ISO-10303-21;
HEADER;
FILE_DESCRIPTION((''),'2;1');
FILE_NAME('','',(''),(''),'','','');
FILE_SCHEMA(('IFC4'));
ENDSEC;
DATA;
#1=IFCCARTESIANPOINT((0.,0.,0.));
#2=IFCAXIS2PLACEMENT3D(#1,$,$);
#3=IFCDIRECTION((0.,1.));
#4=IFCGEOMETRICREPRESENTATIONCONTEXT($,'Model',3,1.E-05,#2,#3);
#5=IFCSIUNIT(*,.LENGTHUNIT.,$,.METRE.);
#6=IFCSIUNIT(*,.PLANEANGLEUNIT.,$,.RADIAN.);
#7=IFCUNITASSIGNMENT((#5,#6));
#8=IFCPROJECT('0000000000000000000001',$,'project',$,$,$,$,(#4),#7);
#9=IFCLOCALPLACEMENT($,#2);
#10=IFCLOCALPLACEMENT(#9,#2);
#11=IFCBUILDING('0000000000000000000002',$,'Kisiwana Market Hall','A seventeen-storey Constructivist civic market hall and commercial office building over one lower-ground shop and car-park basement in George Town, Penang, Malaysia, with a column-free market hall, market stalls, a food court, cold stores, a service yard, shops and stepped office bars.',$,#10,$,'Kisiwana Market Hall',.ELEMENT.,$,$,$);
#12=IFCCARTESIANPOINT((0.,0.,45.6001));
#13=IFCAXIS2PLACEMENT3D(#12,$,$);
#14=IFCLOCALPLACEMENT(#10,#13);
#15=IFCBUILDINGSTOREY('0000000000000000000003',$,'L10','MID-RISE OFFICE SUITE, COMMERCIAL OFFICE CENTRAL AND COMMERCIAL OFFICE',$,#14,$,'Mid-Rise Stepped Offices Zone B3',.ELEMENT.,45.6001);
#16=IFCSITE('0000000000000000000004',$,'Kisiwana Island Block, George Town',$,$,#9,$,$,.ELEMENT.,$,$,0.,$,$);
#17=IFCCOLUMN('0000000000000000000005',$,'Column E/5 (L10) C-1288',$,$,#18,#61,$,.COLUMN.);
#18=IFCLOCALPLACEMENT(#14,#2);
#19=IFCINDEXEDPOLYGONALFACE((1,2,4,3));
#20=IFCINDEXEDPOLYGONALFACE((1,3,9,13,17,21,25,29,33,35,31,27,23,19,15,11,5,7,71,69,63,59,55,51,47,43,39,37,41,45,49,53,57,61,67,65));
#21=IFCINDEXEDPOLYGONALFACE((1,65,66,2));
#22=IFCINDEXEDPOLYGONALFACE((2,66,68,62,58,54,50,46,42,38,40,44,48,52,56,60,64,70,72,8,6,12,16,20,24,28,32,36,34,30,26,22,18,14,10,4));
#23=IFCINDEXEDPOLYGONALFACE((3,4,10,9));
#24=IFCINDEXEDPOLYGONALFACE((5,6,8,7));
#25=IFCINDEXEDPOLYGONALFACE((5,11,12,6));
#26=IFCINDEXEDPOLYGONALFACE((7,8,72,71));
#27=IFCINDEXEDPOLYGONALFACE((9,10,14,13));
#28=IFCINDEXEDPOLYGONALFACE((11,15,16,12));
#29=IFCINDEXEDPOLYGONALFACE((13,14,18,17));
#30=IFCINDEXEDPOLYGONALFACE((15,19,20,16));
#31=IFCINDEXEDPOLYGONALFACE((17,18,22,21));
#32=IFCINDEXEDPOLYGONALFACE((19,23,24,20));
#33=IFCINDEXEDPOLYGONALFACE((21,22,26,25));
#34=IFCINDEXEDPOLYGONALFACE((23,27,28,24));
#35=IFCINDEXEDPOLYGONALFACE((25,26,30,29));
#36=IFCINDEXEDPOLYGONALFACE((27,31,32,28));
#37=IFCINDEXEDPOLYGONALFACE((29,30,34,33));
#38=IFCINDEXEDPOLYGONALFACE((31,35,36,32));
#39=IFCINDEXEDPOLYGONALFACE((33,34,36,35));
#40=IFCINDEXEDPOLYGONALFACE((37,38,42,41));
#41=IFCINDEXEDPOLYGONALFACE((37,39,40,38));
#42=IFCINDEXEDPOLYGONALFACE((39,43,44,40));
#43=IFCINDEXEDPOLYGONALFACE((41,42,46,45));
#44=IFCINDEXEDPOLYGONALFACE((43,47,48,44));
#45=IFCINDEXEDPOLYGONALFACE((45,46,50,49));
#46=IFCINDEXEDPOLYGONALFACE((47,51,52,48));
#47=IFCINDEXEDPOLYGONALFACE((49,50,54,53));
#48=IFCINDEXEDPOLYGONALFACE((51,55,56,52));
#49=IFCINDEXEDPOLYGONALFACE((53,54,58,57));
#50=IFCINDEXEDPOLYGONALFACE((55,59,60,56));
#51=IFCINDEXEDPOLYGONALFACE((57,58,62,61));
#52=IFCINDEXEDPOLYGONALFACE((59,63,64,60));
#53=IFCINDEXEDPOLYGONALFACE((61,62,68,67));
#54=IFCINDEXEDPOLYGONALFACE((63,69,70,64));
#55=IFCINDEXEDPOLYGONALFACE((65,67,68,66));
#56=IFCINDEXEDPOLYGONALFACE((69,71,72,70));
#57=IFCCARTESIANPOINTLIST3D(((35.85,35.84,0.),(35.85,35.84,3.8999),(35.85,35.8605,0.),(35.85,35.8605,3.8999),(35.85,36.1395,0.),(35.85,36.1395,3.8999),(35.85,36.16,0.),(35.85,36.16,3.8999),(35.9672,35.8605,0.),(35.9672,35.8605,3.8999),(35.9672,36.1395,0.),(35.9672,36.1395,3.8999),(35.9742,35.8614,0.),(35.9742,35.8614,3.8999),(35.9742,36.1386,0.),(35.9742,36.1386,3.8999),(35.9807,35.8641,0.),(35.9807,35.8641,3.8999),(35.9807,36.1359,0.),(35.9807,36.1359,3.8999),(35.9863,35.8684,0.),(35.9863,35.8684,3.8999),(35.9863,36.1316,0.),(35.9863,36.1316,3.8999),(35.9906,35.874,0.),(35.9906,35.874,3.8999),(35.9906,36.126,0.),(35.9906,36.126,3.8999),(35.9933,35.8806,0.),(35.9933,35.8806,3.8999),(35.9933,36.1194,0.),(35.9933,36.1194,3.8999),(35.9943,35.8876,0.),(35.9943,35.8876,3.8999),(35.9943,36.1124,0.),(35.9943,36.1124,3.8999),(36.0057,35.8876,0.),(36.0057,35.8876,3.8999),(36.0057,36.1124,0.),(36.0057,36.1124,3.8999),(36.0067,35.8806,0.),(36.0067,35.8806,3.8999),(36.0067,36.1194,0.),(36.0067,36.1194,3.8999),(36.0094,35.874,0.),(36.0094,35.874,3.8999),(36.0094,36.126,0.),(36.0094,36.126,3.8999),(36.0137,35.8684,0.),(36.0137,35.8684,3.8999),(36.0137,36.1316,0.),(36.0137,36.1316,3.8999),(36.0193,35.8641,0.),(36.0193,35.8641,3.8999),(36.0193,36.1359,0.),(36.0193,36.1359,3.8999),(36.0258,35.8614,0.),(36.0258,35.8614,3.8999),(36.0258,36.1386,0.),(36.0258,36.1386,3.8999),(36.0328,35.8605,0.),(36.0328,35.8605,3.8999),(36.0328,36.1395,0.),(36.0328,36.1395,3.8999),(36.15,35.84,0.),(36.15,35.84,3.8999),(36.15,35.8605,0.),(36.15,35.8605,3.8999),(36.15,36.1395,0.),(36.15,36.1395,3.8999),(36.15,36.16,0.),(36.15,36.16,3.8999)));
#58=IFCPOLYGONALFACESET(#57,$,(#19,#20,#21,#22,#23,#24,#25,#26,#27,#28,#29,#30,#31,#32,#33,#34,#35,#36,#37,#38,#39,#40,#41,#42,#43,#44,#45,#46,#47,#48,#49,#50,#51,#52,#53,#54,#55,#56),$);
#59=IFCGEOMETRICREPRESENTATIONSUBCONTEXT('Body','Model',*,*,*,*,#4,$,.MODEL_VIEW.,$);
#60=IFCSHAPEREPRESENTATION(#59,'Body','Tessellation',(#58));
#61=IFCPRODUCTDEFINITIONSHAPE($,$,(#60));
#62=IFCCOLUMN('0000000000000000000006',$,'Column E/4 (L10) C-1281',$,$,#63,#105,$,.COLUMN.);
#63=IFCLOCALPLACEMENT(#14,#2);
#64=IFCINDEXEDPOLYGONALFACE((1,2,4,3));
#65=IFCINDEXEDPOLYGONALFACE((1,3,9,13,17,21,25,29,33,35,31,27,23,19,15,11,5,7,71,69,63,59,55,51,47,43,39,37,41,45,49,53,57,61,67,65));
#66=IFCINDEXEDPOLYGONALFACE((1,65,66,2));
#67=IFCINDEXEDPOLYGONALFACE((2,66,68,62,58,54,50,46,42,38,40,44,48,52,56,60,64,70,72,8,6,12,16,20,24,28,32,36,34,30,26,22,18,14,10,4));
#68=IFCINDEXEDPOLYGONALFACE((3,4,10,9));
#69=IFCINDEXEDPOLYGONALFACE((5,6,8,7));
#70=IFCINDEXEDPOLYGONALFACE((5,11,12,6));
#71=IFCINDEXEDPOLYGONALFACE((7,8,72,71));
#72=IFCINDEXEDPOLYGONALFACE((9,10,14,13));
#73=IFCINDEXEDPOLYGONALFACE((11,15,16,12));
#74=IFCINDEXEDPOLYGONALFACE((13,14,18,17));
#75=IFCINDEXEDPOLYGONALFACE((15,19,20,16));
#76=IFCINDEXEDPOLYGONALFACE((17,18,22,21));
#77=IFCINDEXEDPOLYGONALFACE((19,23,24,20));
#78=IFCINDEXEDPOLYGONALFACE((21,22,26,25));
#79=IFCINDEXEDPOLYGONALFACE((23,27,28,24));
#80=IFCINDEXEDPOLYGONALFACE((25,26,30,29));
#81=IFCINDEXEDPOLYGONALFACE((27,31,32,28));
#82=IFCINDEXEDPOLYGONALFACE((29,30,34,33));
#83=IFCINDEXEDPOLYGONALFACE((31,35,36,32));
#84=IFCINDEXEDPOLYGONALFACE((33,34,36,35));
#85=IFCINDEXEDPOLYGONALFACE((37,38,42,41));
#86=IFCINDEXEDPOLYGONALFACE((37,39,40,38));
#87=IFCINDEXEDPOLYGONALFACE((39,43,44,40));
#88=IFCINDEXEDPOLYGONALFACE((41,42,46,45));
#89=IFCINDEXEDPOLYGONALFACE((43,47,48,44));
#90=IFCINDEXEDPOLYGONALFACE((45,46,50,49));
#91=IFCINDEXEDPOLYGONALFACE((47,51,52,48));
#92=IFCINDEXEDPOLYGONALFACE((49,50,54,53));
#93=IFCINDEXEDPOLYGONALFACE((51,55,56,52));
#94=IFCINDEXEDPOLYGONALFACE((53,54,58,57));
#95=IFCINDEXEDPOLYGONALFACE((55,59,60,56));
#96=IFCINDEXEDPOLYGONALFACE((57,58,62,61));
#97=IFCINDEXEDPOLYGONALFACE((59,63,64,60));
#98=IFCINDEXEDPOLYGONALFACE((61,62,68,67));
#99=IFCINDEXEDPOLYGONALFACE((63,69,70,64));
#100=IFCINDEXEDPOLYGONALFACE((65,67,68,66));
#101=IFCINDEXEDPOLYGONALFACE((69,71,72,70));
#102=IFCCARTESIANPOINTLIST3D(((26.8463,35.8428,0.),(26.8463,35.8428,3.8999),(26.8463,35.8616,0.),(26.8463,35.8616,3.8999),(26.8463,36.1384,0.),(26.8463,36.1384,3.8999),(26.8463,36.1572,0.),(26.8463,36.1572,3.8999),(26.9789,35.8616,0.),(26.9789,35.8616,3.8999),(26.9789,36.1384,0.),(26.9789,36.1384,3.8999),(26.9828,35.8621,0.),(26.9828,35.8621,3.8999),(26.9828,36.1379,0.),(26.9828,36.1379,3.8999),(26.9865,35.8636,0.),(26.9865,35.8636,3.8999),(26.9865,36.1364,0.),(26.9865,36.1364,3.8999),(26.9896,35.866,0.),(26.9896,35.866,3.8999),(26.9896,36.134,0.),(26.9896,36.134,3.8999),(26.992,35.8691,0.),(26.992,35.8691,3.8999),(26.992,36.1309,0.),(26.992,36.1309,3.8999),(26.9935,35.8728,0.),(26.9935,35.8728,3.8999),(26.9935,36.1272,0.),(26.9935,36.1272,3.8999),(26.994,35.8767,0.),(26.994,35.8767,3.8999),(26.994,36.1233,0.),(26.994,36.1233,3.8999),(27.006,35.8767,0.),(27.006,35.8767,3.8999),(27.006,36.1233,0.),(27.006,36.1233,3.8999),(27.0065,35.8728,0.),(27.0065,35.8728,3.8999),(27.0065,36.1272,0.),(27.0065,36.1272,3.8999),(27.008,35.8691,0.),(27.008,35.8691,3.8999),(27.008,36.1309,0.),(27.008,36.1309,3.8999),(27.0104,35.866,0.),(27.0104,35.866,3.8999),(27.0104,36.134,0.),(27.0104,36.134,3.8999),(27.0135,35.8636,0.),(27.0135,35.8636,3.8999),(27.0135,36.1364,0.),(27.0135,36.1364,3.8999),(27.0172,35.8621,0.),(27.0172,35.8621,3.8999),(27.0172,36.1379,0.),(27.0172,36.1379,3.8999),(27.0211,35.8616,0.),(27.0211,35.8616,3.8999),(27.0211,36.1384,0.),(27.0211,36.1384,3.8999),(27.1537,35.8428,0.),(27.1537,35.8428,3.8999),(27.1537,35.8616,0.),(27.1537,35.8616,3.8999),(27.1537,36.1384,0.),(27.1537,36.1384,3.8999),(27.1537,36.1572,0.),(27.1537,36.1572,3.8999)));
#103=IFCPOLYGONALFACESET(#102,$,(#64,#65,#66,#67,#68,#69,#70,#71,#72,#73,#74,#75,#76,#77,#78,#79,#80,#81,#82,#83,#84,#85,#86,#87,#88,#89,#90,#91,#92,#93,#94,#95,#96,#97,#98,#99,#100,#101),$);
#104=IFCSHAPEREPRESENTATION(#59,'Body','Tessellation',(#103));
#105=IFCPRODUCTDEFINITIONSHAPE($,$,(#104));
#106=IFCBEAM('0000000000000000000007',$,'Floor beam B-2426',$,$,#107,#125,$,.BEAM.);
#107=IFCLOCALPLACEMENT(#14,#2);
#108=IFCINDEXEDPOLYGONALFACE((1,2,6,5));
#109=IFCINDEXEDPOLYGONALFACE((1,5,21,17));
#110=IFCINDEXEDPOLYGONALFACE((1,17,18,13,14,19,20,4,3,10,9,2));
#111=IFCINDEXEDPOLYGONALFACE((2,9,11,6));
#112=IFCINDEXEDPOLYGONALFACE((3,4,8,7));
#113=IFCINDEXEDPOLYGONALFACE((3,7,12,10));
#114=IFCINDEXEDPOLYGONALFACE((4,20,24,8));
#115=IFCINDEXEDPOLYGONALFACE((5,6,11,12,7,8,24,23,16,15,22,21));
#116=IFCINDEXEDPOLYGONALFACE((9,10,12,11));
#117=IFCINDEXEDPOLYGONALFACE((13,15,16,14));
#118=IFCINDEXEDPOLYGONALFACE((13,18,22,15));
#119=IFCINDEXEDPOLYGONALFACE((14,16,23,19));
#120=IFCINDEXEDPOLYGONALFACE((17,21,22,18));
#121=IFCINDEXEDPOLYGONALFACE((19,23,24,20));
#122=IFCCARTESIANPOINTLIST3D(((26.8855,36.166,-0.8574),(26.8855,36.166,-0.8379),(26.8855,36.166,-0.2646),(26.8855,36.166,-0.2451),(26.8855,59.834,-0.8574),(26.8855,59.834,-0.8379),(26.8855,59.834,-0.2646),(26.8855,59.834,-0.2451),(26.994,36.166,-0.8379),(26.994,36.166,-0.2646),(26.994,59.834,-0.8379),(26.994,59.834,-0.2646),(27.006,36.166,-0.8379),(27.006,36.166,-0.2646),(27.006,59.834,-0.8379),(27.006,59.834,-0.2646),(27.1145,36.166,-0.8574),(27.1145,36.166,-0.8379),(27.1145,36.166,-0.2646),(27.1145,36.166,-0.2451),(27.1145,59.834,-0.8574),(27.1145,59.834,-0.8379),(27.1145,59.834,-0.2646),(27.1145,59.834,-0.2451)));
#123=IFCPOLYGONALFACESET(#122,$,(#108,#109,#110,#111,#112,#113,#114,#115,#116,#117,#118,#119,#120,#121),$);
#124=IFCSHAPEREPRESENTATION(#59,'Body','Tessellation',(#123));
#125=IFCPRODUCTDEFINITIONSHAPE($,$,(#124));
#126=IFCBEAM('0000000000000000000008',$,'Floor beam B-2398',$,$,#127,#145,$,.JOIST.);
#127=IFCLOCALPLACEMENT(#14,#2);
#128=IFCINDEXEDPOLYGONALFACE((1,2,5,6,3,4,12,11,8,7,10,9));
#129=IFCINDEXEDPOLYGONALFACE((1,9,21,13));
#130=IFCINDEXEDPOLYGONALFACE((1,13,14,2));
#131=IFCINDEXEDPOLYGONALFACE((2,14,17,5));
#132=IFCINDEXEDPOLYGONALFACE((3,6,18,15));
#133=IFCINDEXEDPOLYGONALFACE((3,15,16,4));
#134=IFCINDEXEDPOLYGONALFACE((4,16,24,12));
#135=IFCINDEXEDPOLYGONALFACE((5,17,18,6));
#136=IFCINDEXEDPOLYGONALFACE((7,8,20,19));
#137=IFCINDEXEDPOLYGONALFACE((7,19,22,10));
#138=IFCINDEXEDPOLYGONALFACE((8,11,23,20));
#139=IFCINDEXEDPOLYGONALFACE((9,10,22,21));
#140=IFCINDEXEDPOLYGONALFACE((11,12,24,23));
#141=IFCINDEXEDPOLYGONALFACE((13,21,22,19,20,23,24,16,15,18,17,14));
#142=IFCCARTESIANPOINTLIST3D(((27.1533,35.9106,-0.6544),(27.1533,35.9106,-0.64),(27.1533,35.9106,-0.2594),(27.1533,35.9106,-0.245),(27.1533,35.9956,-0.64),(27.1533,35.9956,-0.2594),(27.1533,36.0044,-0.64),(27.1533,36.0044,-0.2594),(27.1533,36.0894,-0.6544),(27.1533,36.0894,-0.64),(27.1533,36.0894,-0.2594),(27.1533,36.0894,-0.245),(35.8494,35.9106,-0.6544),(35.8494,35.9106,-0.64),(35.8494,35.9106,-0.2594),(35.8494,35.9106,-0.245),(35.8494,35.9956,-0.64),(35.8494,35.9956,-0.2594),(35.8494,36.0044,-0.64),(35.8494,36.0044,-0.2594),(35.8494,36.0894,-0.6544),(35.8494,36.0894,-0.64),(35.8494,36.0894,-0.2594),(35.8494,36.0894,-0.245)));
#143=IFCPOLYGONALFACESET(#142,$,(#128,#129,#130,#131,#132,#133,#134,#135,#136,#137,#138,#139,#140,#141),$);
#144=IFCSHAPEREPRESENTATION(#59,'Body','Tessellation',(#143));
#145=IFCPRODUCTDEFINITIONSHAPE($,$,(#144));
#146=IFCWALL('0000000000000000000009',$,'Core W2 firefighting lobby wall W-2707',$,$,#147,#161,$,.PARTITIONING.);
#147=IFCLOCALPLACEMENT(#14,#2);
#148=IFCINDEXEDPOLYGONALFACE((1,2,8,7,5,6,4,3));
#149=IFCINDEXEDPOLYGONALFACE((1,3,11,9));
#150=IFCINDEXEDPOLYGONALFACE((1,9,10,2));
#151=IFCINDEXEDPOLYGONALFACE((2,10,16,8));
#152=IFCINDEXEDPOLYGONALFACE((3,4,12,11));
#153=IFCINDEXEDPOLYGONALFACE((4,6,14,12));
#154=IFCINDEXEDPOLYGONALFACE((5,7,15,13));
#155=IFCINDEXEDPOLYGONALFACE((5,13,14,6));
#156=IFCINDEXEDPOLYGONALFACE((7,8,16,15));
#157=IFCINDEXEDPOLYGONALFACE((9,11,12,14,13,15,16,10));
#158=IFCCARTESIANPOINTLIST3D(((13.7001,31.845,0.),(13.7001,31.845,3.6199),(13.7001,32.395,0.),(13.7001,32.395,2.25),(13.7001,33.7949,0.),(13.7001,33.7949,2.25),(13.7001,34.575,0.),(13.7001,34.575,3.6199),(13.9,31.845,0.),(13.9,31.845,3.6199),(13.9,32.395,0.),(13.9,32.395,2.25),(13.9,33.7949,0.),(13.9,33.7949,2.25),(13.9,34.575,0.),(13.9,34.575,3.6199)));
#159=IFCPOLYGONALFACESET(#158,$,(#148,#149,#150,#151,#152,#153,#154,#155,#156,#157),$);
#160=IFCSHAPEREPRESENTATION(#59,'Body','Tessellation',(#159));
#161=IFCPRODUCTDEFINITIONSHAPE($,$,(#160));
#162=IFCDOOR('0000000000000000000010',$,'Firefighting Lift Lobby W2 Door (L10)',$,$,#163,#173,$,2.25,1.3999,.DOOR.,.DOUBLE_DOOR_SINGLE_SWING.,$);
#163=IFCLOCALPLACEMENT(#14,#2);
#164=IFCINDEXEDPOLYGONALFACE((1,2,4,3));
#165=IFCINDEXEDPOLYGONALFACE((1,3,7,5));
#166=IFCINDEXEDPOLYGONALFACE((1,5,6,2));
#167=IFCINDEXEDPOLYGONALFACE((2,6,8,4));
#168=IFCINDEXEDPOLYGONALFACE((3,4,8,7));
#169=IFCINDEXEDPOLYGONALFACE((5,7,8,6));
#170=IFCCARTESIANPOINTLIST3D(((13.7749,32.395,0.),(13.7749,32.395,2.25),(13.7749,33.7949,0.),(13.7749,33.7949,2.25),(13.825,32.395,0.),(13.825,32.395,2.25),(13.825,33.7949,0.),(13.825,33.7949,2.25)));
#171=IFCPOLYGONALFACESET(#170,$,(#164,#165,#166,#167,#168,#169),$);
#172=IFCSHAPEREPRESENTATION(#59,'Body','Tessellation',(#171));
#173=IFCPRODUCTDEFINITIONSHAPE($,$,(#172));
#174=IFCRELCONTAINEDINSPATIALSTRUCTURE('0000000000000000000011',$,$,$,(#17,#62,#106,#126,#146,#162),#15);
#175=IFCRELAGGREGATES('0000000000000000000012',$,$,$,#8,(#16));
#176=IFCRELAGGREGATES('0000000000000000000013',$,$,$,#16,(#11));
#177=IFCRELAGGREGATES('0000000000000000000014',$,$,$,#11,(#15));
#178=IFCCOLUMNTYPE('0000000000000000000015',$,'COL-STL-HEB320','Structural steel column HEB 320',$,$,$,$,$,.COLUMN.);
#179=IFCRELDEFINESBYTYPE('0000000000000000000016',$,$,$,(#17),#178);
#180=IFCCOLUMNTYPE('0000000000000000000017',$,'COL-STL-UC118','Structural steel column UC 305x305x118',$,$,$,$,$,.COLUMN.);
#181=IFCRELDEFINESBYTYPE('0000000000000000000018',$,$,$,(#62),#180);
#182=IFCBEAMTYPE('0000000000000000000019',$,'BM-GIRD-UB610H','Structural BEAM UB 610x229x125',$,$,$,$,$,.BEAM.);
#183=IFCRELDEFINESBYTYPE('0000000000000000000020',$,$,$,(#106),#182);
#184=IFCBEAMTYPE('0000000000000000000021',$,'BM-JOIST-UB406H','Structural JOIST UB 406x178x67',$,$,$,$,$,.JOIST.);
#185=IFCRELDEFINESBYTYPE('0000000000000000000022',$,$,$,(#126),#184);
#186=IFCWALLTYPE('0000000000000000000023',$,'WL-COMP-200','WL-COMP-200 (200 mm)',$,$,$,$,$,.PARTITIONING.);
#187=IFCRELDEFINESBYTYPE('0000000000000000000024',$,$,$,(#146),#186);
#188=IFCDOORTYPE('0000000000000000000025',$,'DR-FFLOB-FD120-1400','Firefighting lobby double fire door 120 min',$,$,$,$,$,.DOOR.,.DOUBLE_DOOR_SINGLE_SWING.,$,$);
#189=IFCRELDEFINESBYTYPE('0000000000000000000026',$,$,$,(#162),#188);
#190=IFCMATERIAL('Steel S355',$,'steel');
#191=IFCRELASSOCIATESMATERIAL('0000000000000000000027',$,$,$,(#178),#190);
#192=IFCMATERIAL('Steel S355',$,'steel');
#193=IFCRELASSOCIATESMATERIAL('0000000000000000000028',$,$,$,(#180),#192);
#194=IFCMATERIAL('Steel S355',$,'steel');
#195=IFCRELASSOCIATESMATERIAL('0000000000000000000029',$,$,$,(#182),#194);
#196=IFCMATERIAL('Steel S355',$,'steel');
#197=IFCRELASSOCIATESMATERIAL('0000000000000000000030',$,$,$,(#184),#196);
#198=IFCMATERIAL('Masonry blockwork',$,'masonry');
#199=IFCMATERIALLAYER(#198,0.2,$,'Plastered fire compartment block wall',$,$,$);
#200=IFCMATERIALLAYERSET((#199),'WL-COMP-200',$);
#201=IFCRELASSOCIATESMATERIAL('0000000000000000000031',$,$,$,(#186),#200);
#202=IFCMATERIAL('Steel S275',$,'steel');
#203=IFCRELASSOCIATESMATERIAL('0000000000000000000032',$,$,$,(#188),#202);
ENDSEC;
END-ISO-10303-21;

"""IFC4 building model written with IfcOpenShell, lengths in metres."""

from ifc_helpers import new_model, si_unit, direction, frame, frame_2d, origin, origin_2d, place, context, subcontext, project, spatial, rectangle, i_section, extrude, material, layer, layer_set, material_profile, profile_set, type_object, element, fill, save


model = new_model("IFC4")

# Units and contexts
model_context = context("Model", 3, precision=1e-05, world=origin(), true_north=direction((0.0, 1.0)))
body_context = subcontext(model_context, "Body", "Model", "MODEL_VIEW")
ifc_project = project(units=[si_unit("LENGTHUNIT", "METRE"), si_unit("PLANEANGLEUNIT", "RADIAN")], contexts=[model_context])

# Site, building, storey
site_placement = place(None, origin())
site = spatial("IfcSite", under=ifc_project, at=site_placement, Name="Kisiwana Island Block, George Town", CompositionType="ELEMENT", RefElevation=0.0)
building_placement = place(site_placement, origin())
building = spatial("IfcBuilding", under=site, at=building_placement, Name="Kisiwana Market Hall", Description="A seventeen-storey Constructivist civic market hall and commercial office building over one lower-ground shop and car-park basement in George Town, Penang, Malaysia, with a column-free market hall, market stalls, a food court, cold stores, a service yard, shops and stepped office bars.", LongName="Kisiwana Market Hall", CompositionType="ELEMENT")
storey_placement = place(building_placement, frame((0.0, 0.0, 45.6001)))
storey = spatial("IfcBuildingStorey", under=building, at=storey_placement, Name="L10", Description="MID-RISE OFFICE SUITE, COMMERCIAL OFFICE CENTRAL AND COMMERCIAL OFFICE", LongName="Mid-Rise Stepped Offices Zone B3", CompositionType="ELEMENT", Elevation=45.6001)

# Columns
ifc_material_1 = material(Name="Steel S355", Category="steel")
ifc_material_profile_1 = material_profile(ifc_material_1, i_section(OverallWidth=0.3, OverallDepth=0.3201, WebThickness=0.0115, FlangeThickness=0.0205, FilletRadius=0.0271, at=origin_2d()), Name="HEB 320")
ifc_profile_set_1 = profile_set([ifc_material_profile_1], Name="Steel S355")
column_type_1 = type_object("IfcColumnType", Name="COL-STL-HEB320", Description="Structural steel column HEB 320", PredefinedType="COLUMN", material=ifc_profile_set_1)
column_1_placement = place(storey_placement, frame((36.0, 36.0, 0.0), z_axis=(0.0, 0.0, 1.0), x_axis=(1.0, 0.0, 0.0)))
element("IfcColumn", 1, at=column_1_placement, inside=storey, type_object=column_type_1, Name="Column E/5 (L10) C-1288", PredefinedType="COLUMN", context=body_context, shape_type="SweptSolid", body=[
    extrude(i_section(OverallWidth=0.3, OverallDepth=0.3201, WebThickness=0.0115, FlangeThickness=0.0205, FilletRadius=0.0271, at=origin_2d()), origin(), (0.0, 0.0, 1.0), 3.8999),
])
ifc_material_2 = material(Name="Steel S355", Category="steel")
ifc_material_profile_2 = material_profile(ifc_material_2, i_section(OverallWidth=0.3074, OverallDepth=0.3145, WebThickness=0.012, FlangeThickness=0.0188, FilletRadius=0.0151, at=origin_2d()), Name="UC 305x305x118")
ifc_profile_set_2 = profile_set([ifc_material_profile_2], Name="Steel S355")
column_type_2 = type_object("IfcColumnType", Name="COL-STL-UC118", Description="Structural steel column UC 305x305x118", PredefinedType="COLUMN", material=ifc_profile_set_2)
column_2_placement = place(storey_placement, frame((27.0, 36.0, 0.0), z_axis=(0.0, 0.0, 1.0), x_axis=(1.0, 0.0, 0.0)))
element("IfcColumn", 2, at=column_2_placement, inside=storey, type_object=column_type_2, Name="Column E/4 (L10) C-1281", PredefinedType="COLUMN", context=body_context, shape_type="SweptSolid", body=[
    extrude(i_section(OverallWidth=0.3074, OverallDepth=0.3145, WebThickness=0.012, FlangeThickness=0.0188, FilletRadius=0.0151, at=origin_2d()), origin(), (0.0, 0.0, 1.0), 3.8999),
])

# Beams
ifc_material_3 = material(Name="Steel S355", Category="steel")
ifc_material_profile_3 = material_profile(ifc_material_3, i_section(OverallWidth=0.229, OverallDepth=0.6123, WebThickness=0.012, FlangeThickness=0.0195, at=origin_2d()), Name="UB 610x229x125")
ifc_profile_set_3 = profile_set([ifc_material_profile_3], Name="Steel S355")
beam_type_1 = type_object("IfcBeamType", Name="BM-GIRD-UB610H", Description="Structural BEAM UB 610x229x125", PredefinedType="BEAM", material=ifc_profile_set_3)
beam_1_placement = place(storey_placement, frame((27.0, 36.166, -0.5513), z_axis=(0.0, 1.0, 0.0), x_axis=(-1.0, 0.0, 0.0)))
element("IfcBeam", 3, at=beam_1_placement, inside=storey, type_object=beam_type_1, Name="Floor beam B-2426", PredefinedType="BEAM", context=body_context, shape_type="SweptSolid", body=[
    extrude(i_section(OverallWidth=0.229, OverallDepth=0.6123, WebThickness=0.012, FlangeThickness=0.0195, at=origin_2d()), origin(), (0.0, 0.0, 1.0), 23.668),
])
ifc_material_4 = material(Name="Steel S355", Category="steel")
ifc_material_profile_4 = material_profile(ifc_material_4, i_section(OverallWidth=0.1787, OverallDepth=0.4094, WebThickness=0.0088, FlangeThickness=0.0144, at=origin_2d()), Name="UB 406x178x67")
ifc_profile_set_4 = profile_set([ifc_material_profile_4], Name="Steel S355")
beam_type_2 = type_object("IfcBeamType", Name="BM-JOIST-UB406H", Description="Structural JOIST UB 406x178x67", PredefinedType="JOIST", material=ifc_profile_set_4)
beam_2_placement = place(storey_placement, frame((27.1533, 36.0, -0.4497), z_axis=(1.0, 0.0, 0.0), x_axis=(0.0, 1.0, 0.0)))
element("IfcBeam", 4, at=beam_2_placement, inside=storey, type_object=beam_type_2, Name="Floor beam B-2398", PredefinedType="JOIST", context=body_context, shape_type="SweptSolid", body=[
    extrude(i_section(OverallWidth=0.1787, OverallDepth=0.4094, WebThickness=0.0088, FlangeThickness=0.0144, at=origin_2d()), origin(), (0.0, 0.0, 1.0), 8.696),
])

# Wall, opening, door
ifc_material_5 = material(Name="Masonry blockwork", Category="masonry")
ifc_layer_1 = layer(ifc_material_5, 0.2, Name="Plastered fire compartment block wall")
ifc_layer_set_1 = layer_set([ifc_layer_1], Name="WL-COMP-200")
wall_type_1 = type_object("IfcWallType", Name="WL-COMP-200", Description="WL-COMP-200 (200 mm)", PredefinedType="PARTITIONING", material=ifc_layer_set_1)
wall_1_placement = place(storey_placement, frame((13.8, 31.845, 0.0), z_axis=(0.0, 0.0, 1.0), x_axis=(0.0, 1.0, 0.0)))
wall_1 = element("IfcWall", 5, at=wall_1_placement, inside=storey, type_object=wall_type_1, Name="Core W2 firefighting lobby wall W-2707", PredefinedType="PARTITIONING", context=body_context, shape_type="SweptSolid", body=[
    extrude(rectangle(XDim=2.73, YDim=0.2, at=frame_2d((1.365, 0.0))), origin(), (0.0, 0.0, 1.0), 3.6199),
])
opening_1_placement = place(wall_1_placement, frame((0.55, 0.0, 0.0)))
opening_1 = element("IfcOpeningElement", 6, at=opening_1_placement, cuts=wall_1, PredefinedType="OPENING", context=body_context, shape_type="SweptSolid", body=[
    extrude(rectangle(XDim=1.3999, YDim=2.25, at=frame_2d((0.7, 1.125))), frame((0.0, 0.1118, 0.0), z_axis=(0.0, -1.0, 0.0), x_axis=(1.0, 0.0, 0.0)), (0.0, 0.0, 1.0), 0.2239),
])
ifc_material_6 = material(Name="Steel S275", Category="steel")
door_type_1 = type_object("IfcDoorType", Name="DR-FFLOB-FD120-1400", Description="Firefighting lobby double fire door 120 min", OperationType="DOUBLE_DOOR_SINGLE_SWING", PredefinedType="DOOR", material=ifc_material_6)
door_1_placement = place(opening_1_placement, frame((1.3999, 0.0, 0.0), z_axis=(0.0, 0.0, 1.0), x_axis=(-1.0, 0.0, 0.0)))
door_1 = element("IfcDoor", 7, at=door_1_placement, inside=storey, type_object=door_type_1, Name="Firefighting Lift Lobby W2 Door (L10)", OperationType="DOUBLE_DOOR_SINGLE_SWING", OverallHeight=2.25, OverallWidth=1.3999, PredefinedType="DOOR", context=body_context, shape_type="SweptSolid", body=[
    extrude(rectangle(XDim=1.3999, YDim=2.25, at=frame_2d((0.7, 1.125))), frame((0.0, 0.0249, 0.0), z_axis=(0.0, -1.0, 0.0), x_axis=(1.0, 0.0, 0.0)), (0.0, 0.0, 1.0), 0.05),
])
fill(opening_1, door_1)

save(model, "model.ifc")
